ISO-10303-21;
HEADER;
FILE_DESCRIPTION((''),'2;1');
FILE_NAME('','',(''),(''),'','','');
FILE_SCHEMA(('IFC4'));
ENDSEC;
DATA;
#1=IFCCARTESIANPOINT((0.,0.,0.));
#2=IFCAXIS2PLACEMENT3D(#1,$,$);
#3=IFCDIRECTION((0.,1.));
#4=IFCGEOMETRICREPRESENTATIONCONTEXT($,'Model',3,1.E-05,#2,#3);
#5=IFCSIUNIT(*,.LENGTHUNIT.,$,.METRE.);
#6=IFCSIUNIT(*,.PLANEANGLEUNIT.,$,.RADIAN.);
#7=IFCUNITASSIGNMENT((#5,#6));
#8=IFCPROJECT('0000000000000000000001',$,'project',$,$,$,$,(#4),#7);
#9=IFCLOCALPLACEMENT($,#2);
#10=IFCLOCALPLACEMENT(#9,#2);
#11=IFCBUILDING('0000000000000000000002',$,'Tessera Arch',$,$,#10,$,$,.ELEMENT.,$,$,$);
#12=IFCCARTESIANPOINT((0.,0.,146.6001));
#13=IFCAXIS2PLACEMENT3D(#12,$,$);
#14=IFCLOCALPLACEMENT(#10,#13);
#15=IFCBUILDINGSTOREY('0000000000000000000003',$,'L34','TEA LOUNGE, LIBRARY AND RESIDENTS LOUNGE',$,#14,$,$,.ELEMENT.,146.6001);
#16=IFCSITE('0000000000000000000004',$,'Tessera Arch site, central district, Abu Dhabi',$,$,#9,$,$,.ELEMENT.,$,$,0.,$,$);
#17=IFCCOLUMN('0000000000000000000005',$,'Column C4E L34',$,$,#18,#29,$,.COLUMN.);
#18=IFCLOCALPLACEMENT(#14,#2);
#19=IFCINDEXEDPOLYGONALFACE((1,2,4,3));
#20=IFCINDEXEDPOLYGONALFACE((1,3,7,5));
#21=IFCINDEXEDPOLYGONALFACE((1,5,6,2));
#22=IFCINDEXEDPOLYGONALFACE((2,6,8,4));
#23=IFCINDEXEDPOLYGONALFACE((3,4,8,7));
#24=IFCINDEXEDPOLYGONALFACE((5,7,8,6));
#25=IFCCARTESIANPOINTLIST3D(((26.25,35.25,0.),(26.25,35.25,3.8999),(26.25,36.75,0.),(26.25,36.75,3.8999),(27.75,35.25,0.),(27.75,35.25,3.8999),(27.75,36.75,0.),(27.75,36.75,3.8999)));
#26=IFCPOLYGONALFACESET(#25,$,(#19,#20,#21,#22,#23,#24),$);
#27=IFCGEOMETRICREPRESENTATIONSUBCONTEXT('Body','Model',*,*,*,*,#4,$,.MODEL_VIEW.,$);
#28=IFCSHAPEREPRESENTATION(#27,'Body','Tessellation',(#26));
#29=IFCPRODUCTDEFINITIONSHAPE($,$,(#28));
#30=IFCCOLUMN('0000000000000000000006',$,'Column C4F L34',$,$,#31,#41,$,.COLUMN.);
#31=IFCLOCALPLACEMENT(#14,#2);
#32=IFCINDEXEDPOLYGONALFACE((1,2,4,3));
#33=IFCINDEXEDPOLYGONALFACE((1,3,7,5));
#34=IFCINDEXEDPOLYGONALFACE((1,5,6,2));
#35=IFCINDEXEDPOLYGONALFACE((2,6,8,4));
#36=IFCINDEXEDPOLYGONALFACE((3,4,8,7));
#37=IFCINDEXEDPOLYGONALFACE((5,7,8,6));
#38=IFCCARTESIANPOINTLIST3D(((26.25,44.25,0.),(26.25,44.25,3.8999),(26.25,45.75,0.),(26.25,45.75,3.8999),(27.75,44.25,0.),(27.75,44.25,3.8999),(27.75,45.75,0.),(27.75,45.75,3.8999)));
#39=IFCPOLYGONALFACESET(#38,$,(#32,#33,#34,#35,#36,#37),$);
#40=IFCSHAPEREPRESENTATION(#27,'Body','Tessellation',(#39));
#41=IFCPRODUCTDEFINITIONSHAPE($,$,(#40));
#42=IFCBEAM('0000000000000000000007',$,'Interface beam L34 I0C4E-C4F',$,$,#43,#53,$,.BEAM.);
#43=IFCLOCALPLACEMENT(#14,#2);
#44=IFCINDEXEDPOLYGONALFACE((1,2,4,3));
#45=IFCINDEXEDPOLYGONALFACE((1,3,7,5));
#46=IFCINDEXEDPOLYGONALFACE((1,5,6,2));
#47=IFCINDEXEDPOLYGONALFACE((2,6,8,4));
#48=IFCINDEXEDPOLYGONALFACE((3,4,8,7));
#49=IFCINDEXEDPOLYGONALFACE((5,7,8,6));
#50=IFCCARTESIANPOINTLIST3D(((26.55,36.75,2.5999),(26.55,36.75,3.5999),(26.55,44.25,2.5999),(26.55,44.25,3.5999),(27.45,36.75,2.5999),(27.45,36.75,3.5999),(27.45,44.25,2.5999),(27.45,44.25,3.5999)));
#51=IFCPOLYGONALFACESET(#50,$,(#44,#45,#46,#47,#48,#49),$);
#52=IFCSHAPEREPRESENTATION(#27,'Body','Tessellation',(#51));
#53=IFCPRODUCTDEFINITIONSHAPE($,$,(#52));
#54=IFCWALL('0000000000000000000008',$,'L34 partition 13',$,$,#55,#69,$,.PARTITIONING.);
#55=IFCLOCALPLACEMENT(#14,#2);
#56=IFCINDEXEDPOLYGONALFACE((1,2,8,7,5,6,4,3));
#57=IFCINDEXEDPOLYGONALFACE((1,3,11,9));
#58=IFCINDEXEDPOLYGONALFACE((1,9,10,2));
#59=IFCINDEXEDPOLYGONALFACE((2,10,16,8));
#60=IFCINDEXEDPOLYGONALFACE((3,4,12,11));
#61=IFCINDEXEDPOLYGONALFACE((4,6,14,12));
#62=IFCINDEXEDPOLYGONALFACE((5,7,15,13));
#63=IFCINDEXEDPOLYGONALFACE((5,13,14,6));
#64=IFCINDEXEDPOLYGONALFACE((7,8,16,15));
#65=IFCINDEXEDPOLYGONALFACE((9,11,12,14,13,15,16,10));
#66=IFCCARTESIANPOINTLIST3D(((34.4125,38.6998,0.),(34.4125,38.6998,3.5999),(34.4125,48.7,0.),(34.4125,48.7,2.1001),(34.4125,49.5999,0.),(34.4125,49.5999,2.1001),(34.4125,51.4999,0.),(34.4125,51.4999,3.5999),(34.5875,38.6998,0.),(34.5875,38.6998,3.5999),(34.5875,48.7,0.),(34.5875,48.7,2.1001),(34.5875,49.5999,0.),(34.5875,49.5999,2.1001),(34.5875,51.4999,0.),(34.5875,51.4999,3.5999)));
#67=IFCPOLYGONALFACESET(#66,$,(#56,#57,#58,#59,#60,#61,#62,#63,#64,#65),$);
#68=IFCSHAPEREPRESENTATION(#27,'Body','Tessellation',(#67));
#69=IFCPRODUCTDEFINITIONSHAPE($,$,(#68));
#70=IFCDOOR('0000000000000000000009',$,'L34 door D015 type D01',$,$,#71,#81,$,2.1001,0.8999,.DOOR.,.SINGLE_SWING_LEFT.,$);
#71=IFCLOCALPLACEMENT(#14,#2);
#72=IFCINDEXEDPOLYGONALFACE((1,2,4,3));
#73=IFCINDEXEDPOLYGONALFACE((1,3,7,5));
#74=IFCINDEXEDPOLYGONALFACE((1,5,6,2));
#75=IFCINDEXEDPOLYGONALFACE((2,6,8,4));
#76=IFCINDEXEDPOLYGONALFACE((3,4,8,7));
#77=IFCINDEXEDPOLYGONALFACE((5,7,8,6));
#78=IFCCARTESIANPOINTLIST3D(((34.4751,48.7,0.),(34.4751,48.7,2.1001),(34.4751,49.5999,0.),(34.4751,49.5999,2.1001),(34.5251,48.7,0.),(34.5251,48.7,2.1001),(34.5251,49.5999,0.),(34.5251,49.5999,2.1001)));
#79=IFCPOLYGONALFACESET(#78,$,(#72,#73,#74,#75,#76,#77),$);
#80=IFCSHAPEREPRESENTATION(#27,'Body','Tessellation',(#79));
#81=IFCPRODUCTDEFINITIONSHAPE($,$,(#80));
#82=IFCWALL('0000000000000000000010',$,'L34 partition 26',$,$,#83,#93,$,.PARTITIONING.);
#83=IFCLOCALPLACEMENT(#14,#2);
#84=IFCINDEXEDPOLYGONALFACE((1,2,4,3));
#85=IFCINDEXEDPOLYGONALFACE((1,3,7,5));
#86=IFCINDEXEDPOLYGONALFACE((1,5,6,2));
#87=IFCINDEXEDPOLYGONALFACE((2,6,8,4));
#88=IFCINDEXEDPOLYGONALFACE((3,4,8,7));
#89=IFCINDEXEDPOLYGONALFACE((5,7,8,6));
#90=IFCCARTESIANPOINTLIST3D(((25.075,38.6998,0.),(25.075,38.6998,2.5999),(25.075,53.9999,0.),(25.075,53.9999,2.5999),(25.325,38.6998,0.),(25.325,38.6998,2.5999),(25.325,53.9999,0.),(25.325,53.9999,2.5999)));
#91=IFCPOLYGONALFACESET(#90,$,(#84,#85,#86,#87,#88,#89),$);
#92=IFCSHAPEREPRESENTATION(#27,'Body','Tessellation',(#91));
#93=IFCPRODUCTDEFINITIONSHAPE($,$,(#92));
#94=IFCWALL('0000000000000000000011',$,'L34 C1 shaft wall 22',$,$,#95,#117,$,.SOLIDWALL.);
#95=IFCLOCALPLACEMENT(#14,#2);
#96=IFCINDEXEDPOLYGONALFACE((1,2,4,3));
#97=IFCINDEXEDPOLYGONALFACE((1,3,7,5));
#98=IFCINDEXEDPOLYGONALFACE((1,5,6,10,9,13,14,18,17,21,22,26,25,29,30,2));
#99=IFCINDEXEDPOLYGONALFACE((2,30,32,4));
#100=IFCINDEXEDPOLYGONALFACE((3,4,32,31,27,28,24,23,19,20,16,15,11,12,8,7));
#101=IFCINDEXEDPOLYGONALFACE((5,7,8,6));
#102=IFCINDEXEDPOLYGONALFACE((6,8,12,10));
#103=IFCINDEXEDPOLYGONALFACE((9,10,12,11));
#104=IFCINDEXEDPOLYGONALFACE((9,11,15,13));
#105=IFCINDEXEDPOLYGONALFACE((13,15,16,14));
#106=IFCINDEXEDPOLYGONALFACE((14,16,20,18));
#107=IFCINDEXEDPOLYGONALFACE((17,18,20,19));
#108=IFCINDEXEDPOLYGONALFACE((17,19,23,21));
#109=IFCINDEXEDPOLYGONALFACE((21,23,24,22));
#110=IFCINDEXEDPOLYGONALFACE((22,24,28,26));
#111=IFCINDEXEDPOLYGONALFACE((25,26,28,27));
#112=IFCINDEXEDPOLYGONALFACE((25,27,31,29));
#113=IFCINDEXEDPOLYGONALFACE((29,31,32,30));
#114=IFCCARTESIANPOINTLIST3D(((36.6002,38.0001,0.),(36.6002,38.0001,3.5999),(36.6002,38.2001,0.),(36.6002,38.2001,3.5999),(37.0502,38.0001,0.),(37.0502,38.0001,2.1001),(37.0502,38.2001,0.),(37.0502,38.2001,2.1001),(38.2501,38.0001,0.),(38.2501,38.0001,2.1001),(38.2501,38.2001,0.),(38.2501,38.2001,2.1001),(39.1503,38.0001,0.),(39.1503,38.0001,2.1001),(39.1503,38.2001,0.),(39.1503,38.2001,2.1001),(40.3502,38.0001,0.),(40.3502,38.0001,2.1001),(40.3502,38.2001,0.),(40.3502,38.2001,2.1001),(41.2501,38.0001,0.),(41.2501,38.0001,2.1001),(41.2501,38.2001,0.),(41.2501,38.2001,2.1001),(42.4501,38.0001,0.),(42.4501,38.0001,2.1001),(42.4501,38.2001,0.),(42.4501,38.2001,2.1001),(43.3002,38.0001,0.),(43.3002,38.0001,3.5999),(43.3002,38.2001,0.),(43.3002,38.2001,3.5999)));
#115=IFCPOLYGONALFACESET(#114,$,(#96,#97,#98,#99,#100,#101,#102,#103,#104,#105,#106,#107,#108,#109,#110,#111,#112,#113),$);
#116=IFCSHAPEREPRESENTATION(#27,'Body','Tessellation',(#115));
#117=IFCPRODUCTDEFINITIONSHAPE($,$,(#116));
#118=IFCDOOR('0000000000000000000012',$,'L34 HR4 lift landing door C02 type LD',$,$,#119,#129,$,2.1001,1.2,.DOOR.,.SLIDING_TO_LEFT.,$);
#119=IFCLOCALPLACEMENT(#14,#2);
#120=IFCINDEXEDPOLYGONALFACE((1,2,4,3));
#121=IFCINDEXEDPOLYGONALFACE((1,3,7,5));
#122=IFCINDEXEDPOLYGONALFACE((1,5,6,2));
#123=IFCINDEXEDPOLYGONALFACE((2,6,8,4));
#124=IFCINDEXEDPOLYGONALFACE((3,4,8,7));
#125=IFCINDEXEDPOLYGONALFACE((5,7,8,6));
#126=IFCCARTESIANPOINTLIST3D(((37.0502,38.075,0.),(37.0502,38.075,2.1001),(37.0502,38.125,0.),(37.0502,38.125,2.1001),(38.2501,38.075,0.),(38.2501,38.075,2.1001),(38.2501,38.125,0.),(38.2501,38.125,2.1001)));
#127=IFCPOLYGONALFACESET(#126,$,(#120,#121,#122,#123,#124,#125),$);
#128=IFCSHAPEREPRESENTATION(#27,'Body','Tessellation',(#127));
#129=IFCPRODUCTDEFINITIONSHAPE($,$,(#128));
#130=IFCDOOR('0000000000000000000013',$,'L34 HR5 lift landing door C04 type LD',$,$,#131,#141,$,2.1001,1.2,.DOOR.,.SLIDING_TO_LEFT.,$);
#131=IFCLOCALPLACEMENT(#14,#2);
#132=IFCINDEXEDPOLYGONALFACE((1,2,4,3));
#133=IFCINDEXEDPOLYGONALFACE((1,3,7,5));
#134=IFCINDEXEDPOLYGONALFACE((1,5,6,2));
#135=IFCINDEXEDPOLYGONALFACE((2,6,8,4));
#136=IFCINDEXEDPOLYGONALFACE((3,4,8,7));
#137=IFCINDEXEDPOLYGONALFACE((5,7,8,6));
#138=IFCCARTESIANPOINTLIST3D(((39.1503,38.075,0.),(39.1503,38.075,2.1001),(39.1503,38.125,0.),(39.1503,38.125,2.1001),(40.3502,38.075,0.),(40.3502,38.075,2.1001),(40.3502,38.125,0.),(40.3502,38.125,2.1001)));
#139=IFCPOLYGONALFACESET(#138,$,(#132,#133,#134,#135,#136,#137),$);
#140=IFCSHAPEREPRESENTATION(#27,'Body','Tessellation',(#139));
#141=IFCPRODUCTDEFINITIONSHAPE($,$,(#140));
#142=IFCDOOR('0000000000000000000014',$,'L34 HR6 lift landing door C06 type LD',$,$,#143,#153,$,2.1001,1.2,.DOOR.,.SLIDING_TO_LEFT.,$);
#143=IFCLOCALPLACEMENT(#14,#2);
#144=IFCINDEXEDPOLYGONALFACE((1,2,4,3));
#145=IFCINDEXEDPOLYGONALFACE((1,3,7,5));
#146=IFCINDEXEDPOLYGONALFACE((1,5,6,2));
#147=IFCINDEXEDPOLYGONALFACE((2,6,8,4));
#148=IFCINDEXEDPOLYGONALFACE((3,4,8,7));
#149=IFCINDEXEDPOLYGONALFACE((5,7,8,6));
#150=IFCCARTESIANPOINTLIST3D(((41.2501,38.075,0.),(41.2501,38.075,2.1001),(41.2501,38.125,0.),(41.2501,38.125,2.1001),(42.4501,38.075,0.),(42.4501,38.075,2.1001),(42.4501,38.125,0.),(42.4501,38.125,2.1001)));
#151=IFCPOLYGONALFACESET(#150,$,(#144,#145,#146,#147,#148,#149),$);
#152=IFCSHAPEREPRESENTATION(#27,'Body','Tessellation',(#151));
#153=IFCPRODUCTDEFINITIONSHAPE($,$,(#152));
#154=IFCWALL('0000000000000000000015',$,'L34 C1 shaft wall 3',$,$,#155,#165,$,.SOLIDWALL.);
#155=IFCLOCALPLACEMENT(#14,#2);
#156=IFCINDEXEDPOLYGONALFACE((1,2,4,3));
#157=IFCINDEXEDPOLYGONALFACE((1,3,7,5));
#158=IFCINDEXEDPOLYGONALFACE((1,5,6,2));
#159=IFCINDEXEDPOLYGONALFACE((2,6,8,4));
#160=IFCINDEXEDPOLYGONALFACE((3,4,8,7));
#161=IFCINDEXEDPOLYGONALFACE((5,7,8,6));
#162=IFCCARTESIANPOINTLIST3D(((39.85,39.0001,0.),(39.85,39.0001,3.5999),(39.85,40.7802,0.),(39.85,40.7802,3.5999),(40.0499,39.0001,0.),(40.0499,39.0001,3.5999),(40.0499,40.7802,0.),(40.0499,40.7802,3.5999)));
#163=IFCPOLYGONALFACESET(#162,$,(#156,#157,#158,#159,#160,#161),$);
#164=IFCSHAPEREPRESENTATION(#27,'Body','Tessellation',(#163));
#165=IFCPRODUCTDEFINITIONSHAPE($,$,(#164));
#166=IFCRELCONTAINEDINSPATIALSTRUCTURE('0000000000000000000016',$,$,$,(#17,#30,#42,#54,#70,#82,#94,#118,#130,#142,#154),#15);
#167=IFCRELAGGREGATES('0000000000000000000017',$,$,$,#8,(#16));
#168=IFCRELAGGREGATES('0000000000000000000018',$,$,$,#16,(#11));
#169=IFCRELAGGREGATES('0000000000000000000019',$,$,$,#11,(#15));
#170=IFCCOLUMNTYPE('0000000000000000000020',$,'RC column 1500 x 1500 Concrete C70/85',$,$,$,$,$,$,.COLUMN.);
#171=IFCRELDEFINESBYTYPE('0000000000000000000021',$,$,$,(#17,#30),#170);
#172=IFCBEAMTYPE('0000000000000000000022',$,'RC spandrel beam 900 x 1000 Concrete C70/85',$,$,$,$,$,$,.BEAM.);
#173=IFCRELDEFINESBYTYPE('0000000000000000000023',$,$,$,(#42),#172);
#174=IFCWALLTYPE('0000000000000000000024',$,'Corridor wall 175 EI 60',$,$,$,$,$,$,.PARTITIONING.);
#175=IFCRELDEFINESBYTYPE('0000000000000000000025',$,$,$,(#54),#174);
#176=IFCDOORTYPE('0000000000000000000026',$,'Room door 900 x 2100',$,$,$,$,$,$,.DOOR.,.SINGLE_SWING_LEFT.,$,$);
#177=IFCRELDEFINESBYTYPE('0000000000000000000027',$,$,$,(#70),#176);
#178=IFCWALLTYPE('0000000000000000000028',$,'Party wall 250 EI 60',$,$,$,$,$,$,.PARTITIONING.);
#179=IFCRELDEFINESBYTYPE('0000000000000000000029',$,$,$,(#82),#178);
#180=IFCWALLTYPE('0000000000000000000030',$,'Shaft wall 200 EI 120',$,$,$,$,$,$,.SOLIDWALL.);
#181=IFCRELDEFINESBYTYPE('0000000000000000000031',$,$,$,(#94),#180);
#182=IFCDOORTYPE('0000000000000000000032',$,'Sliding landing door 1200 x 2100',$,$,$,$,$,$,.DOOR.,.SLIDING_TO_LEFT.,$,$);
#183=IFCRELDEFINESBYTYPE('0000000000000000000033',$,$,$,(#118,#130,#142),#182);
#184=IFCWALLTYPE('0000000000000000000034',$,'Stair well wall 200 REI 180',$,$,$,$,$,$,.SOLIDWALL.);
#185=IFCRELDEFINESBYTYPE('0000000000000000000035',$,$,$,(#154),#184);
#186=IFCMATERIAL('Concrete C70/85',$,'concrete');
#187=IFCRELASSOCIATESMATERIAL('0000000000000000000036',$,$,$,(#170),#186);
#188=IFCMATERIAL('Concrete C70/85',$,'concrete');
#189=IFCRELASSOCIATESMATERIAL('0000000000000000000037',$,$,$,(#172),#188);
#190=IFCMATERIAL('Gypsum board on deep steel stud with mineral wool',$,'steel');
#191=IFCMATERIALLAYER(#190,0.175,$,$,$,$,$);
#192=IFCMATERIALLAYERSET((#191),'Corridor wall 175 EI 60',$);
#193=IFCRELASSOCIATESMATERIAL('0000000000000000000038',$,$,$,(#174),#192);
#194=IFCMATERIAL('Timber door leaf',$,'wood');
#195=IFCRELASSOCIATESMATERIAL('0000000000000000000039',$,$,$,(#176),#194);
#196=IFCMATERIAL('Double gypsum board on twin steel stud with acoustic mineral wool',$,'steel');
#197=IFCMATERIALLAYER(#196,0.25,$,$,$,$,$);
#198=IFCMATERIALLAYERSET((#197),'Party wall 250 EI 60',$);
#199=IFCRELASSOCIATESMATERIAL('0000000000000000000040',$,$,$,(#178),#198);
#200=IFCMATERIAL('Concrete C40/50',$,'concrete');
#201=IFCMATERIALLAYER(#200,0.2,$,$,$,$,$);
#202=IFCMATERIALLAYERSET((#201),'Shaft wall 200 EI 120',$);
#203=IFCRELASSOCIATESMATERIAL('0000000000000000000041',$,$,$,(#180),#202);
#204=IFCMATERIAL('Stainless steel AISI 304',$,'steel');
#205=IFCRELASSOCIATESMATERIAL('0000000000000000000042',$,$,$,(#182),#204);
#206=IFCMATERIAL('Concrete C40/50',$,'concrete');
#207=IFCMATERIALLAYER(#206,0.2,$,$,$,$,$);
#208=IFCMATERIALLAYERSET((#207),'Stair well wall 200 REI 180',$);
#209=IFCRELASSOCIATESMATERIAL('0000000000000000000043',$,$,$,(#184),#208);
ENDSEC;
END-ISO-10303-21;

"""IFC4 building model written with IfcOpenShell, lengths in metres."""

from ifc_helpers import new_model, si_unit, direction, frame, frame_2d, origin, origin_2d, place, context, subcontext, project, spatial, rectangle, extrude, material, layer, layer_set, material_profile, profile_set, type_object, element, fill, save


model = new_model("IFC4")

# Units and contexts
model_context = context("Model", 3, precision=1e-05, world=origin(), true_north=direction((0.0, 1.0)))
body_context = subcontext(model_context, "Body", "Model", "MODEL_VIEW")
ifc_project = project(units=[si_unit("LENGTHUNIT", "METRE"), si_unit("PLANEANGLEUNIT", "RADIAN")], contexts=[model_context])

# Site, building, storey
site_placement = place(None, origin())
site = spatial("IfcSite", under=ifc_project, at=site_placement, Name="Tessera Arch site, central district, Abu Dhabi", CompositionType="ELEMENT", RefElevation=0.0)
building_placement = place(site_placement, origin())
building = spatial("IfcBuilding", under=site, at=building_placement, Name="Tessera Arch", CompositionType="ELEMENT")
storey_placement = place(building_placement, frame((0.0, 0.0, 146.6001)))
storey = spatial("IfcBuildingStorey", under=building, at=storey_placement, Name="L34", Description="TEA LOUNGE, LIBRARY AND RESIDENTS LOUNGE", CompositionType="ELEMENT", Elevation=146.6001)

# Columns
ifc_material_1 = material(Name="Concrete C70/85", Category="concrete")
ifc_material_profile_1 = material_profile(ifc_material_1, rectangle(XDim=1.5, YDim=1.5, at=origin_2d()), Name="RC column 1500 x 1500 Concrete C70/85")
ifc_profile_set_1 = profile_set([ifc_material_profile_1], Name="Concrete C70/85")
column_type = type_object("IfcColumnType", Name="RC column 1500 x 1500 Concrete C70/85", PredefinedType="COLUMN", material=ifc_profile_set_1)
for number, where, z_axis, x_axis, name in (
    (1, (27.0, 36.0, 0.0), (0.0, 0.0, 1.0), (1.0, 0.0, 0.0), "Column C4E L34"),
    (2, (27.0, 45.0, 0.0), (0.0, 0.0, 1.0), (1.0, 0.0, 0.0), "Column C4F L34"),
):
    element("IfcColumn", number, at=place(storey_placement, frame(where, z_axis=z_axis, x_axis=x_axis)), inside=storey, type_object=column_type, Name=name, PredefinedType="COLUMN", context=body_context, shape_type="SweptSolid", body=[
        extrude(rectangle(XDim=1.5, YDim=1.5, at=origin_2d()), origin(), (0.0, 0.0, 1.0), 3.8999),
    ])

# Beam
ifc_material_2 = material(Name="Concrete C70/85", Category="concrete")
ifc_material_profile_2 = material_profile(ifc_material_2, rectangle(XDim=0.8999, YDim=1.0, at=origin_2d()), Name="RC spandrel beam 900 x 1000 Concrete C70/85")
ifc_profile_set_2 = profile_set([ifc_material_profile_2], Name="Concrete C70/85")
beam_type = type_object("IfcBeamType", Name="RC spandrel beam 900 x 1000 Concrete C70/85", PredefinedType="BEAM", material=ifc_profile_set_2)
beam_placement = place(storey_placement, frame((27.0, 36.75, 3.0999), z_axis=(0.0, 1.0, 0.0), x_axis=(-1.0, 0.0, 0.0)))
element("IfcBeam", 3, at=beam_placement, inside=storey, type_object=beam_type, Name="Interface beam L34 I0C4E-C4F", PredefinedType="BEAM", context=body_context, shape_type="SweptSolid", body=[
    extrude(rectangle(XDim=0.8999, YDim=1.0, at=origin_2d()), origin(), (0.0, 0.0, 1.0), 7.5),
])

# Wall, opening, door
ifc_material_3 = material(Name="Gypsum board on deep steel stud with mineral wool", Category="steel")
ifc_layer_1 = layer(ifc_material_3, 0.175)
ifc_layer_set_1 = layer_set([ifc_layer_1], Name="Corridor wall 175 EI 60")
wall_type_1 = type_object("IfcWallType", Name="Corridor wall 175 EI 60", PredefinedType="PARTITIONING", material=ifc_layer_set_1)
wall_1_placement = place(storey_placement, frame((34.5, 38.7, 0.0), z_axis=(0.0, 0.0, 1.0), x_axis=(0.0, 1.0, 0.0)))
wall_1 = element("IfcWall", 4, at=wall_1_placement, inside=storey, type_object=wall_type_1, Name="L34 partition 13", PredefinedType="PARTITIONING", context=body_context, shape_type="SweptSolid", body=[
    extrude(rectangle(XDim=12.8, YDim=0.175, at=frame_2d((6.3999, 0.0))), origin(), (0.0, 0.0, 1.0), 3.5999),
])
opening_1_placement = place(wall_1_placement, frame((10.0, 0.0, 0.0)))
opening_1 = element("IfcOpeningElement", 5, at=opening_1_placement, cuts=wall_1, PredefinedType="OPENING", context=body_context, shape_type="SweptSolid", body=[
    extrude(rectangle(XDim=0.8999, YDim=2.1001, at=frame_2d((0.45, 1.05))), frame((0.0, 0.0974, 0.0), z_axis=(0.0, -1.0, 0.0), x_axis=(1.0, 0.0, 0.0)), (0.0, 0.0, 1.0), 0.1951),
])
ifc_material_4 = material(Name="Timber door leaf", Category="wood")
door_type_1 = type_object("IfcDoorType", Name="Room door 900 x 2100", OperationType="SINGLE_SWING_LEFT", PredefinedType="DOOR", material=ifc_material_4)
door_1_placement = place(opening_1_placement, origin())
door_1 = element("IfcDoor", 6, at=door_1_placement, inside=storey, type_object=door_type_1, Name="L34 door D015 type D01", OperationType="SINGLE_SWING_LEFT", OverallHeight=2.1001, OverallWidth=0.8999, PredefinedType="DOOR", context=body_context, shape_type="SweptSolid", body=[
    extrude(rectangle(XDim=0.8999, YDim=2.1001, at=frame_2d((0.45, 1.05))), frame((0.0, 0.0249, 0.0), z_axis=(0.0, -1.0, 0.0), x_axis=(1.0, 0.0, 0.0)), (0.0, 0.0, 1.0), 0.05),
])
fill(opening_1, door_1)

# Wall
ifc_material_5 = material(Name="Double gypsum board on twin steel stud with acoustic mineral wool", Category="steel")
ifc_layer_2 = layer(ifc_material_5, 0.25)
ifc_layer_set_2 = layer_set([ifc_layer_2], Name="Party wall 250 EI 60")
wall_type_2 = type_object("IfcWallType", Name="Party wall 250 EI 60", PredefinedType="PARTITIONING", material=ifc_layer_set_2)
wall_2_placement = place(storey_placement, frame((25.2, 38.7, 0.0), z_axis=(0.0, 0.0, 1.0), x_axis=(0.0, 1.0, 0.0)))
element("IfcWall", 7, at=wall_2_placement, inside=storey, type_object=wall_type_2, Name="L34 partition 26", PredefinedType="PARTITIONING", context=body_context, shape_type="SweptSolid", body=[
    extrude(rectangle(XDim=15.3, YDim=0.25, at=frame_2d((7.6499, 0.0))), origin(), (0.0, 0.0, 1.0), 2.5999),
])

# Wall, openings, doors
ifc_material_6 = material(Name="Concrete C40/50", Category="concrete")
ifc_layer_3 = layer(ifc_material_6, 0.2)
ifc_layer_set_3 = layer_set([ifc_layer_3], Name="Shaft wall 200 EI 120")
wall_type_3 = type_object("IfcWallType", Name="Shaft wall 200 EI 120", PredefinedType="SOLIDWALL", material=ifc_layer_set_3)
wall_3_placement = place(storey_placement, frame((36.6001, 38.1001, 0.0), z_axis=(0.0, 0.0, 1.0), x_axis=(1.0, 0.0, 0.0)))
wall_3 = element("IfcWall", 8, at=wall_3_placement, inside=storey, type_object=wall_type_3, Name="L34 C1 shaft wall 22", PredefinedType="SOLIDWALL", context=body_context, shape_type="SweptSolid", body=[
    extrude(rectangle(XDim=6.7, YDim=0.2, at=frame_2d((3.3501, 0.0))), origin(), (0.0, 0.0, 1.0), 3.5999),
])
opening_2_placement = place(wall_3_placement, frame((0.45, 0.0, 0.0)))
opening_2 = element("IfcOpeningElement", 9, at=opening_2_placement, cuts=wall_3, PredefinedType="OPENING", context=body_context, shape_type="SweptSolid", body=[
    extrude(rectangle(XDim=1.2, YDim=2.1001, at=frame_2d((0.6001, 1.05))), frame((0.0, 0.1099, 0.0), z_axis=(0.0, -1.0, 0.0), x_axis=(1.0, 0.0, 0.0)), (0.0, 0.0, 1.0), 0.22),
])
opening_3_placement = place(wall_3_placement, frame((2.55, 0.0, 0.0)))
opening_3 = element("IfcOpeningElement", 10, at=opening_3_placement, cuts=wall_3, PredefinedType="OPENING", context=body_context, shape_type="SweptSolid", body=[
    extrude(rectangle(XDim=1.2, YDim=2.1001, at=frame_2d((0.6001, 1.05))), frame((0.0, 0.1099, 0.0), z_axis=(0.0, -1.0, 0.0), x_axis=(1.0, 0.0, 0.0)), (0.0, 0.0, 1.0), 0.22),
])
opening_4_placement = place(wall_3_placement, frame((4.6499, 0.0, 0.0)))
opening_4 = element("IfcOpeningElement", 11, at=opening_4_placement, cuts=wall_3, PredefinedType="OPENING", context=body_context, shape_type="SweptSolid", body=[
    extrude(rectangle(XDim=1.2, YDim=2.1001, at=frame_2d((0.6001, 1.05))), frame((0.0, 0.1099, 0.0), z_axis=(0.0, -1.0, 0.0), x_axis=(1.0, 0.0, 0.0)), (0.0, 0.0, 1.0), 0.22),
])
ifc_material_7 = material(Name="Stainless steel AISI 304", Category="steel")
door_type_2 = type_object("IfcDoorType", Name="Sliding landing door 1200 x 2100", OperationType="SLIDING_TO_LEFT", PredefinedType="DOOR", material=ifc_material_7)
door_2_placement = place(opening_2_placement, origin())
door_2 = element("IfcDoor", 12, at=door_2_placement, inside=storey, type_object=door_type_2, Name="L34 HR4 lift landing door C02 type LD", OperationType="SLIDING_TO_LEFT", OverallHeight=2.1001, OverallWidth=1.2, PredefinedType="DOOR", context=body_context, shape_type="SweptSolid", body=[
    extrude(rectangle(XDim=1.2, YDim=2.1001, at=frame_2d((0.6001, 1.05))), frame((0.0, 0.0249, 0.0), z_axis=(0.0, -1.0, 0.0), x_axis=(1.0, 0.0, 0.0)), (0.0, 0.0, 1.0), 0.05),
])
fill(opening_2, door_2)
door_3_placement = place(opening_3_placement, origin())
door_3 = element("IfcDoor", 13, at=door_3_placement, inside=storey, type_object=door_type_2, Name="L34 HR5 lift landing door C04 type LD", OperationType="SLIDING_TO_LEFT", OverallHeight=2.1001, OverallWidth=1.2, PredefinedType="DOOR", context=body_context, shape_type="SweptSolid", body=[
    extrude(rectangle(XDim=1.2, YDim=2.1001, at=frame_2d((0.6001, 1.05))), frame((0.0, 0.0249, 0.0), z_axis=(0.0, -1.0, 0.0), x_axis=(1.0, 0.0, 0.0)), (0.0, 0.0, 1.0), 0.05),
])
fill(opening_3, door_3)
door_4_placement = place(opening_4_placement, origin())
door_4 = element("IfcDoor", 14, at=door_4_placement, inside=storey, type_object=door_type_2, Name="L34 HR6 lift landing door C06 type LD", OperationType="SLIDING_TO_LEFT", OverallHeight=2.1001, OverallWidth=1.2, PredefinedType="DOOR", context=body_context, shape_type="SweptSolid", body=[
    extrude(rectangle(XDim=1.2, YDim=2.1001, at=frame_2d((0.6001, 1.05))), frame((0.0, 0.0249, 0.0), z_axis=(0.0, -1.0, 0.0), x_axis=(1.0, 0.0, 0.0)), (0.0, 0.0, 1.0), 0.05),
])
fill(opening_4, door_4)

# Wall
ifc_material_8 = material(Name="Concrete C40/50", Category="concrete")
ifc_layer_4 = layer(ifc_material_8, 0.2)
ifc_layer_set_4 = layer_set([ifc_layer_4], Name="Stair well wall 200 REI 180")
wall_type_4 = type_object("IfcWallType", Name="Stair well wall 200 REI 180", PredefinedType="SOLIDWALL", material=ifc_layer_set_4)
wall_4_placement = place(storey_placement, frame((39.95, 39.0, 0.0), z_axis=(0.0, 0.0, 1.0), x_axis=(0.0, 1.0, 0.0)))
element("IfcWall", 15, at=wall_4_placement, inside=storey, type_object=wall_type_4, Name="L34 C1 shaft wall 3", PredefinedType="SOLIDWALL", context=body_context, shape_type="SweptSolid", body=[
    extrude(rectangle(XDim=1.78, YDim=0.2, at=frame_2d((0.8901, 0.0))), origin(), (0.0, 0.0, 1.0), 3.5999),
])

save(model, "model.ifc")
